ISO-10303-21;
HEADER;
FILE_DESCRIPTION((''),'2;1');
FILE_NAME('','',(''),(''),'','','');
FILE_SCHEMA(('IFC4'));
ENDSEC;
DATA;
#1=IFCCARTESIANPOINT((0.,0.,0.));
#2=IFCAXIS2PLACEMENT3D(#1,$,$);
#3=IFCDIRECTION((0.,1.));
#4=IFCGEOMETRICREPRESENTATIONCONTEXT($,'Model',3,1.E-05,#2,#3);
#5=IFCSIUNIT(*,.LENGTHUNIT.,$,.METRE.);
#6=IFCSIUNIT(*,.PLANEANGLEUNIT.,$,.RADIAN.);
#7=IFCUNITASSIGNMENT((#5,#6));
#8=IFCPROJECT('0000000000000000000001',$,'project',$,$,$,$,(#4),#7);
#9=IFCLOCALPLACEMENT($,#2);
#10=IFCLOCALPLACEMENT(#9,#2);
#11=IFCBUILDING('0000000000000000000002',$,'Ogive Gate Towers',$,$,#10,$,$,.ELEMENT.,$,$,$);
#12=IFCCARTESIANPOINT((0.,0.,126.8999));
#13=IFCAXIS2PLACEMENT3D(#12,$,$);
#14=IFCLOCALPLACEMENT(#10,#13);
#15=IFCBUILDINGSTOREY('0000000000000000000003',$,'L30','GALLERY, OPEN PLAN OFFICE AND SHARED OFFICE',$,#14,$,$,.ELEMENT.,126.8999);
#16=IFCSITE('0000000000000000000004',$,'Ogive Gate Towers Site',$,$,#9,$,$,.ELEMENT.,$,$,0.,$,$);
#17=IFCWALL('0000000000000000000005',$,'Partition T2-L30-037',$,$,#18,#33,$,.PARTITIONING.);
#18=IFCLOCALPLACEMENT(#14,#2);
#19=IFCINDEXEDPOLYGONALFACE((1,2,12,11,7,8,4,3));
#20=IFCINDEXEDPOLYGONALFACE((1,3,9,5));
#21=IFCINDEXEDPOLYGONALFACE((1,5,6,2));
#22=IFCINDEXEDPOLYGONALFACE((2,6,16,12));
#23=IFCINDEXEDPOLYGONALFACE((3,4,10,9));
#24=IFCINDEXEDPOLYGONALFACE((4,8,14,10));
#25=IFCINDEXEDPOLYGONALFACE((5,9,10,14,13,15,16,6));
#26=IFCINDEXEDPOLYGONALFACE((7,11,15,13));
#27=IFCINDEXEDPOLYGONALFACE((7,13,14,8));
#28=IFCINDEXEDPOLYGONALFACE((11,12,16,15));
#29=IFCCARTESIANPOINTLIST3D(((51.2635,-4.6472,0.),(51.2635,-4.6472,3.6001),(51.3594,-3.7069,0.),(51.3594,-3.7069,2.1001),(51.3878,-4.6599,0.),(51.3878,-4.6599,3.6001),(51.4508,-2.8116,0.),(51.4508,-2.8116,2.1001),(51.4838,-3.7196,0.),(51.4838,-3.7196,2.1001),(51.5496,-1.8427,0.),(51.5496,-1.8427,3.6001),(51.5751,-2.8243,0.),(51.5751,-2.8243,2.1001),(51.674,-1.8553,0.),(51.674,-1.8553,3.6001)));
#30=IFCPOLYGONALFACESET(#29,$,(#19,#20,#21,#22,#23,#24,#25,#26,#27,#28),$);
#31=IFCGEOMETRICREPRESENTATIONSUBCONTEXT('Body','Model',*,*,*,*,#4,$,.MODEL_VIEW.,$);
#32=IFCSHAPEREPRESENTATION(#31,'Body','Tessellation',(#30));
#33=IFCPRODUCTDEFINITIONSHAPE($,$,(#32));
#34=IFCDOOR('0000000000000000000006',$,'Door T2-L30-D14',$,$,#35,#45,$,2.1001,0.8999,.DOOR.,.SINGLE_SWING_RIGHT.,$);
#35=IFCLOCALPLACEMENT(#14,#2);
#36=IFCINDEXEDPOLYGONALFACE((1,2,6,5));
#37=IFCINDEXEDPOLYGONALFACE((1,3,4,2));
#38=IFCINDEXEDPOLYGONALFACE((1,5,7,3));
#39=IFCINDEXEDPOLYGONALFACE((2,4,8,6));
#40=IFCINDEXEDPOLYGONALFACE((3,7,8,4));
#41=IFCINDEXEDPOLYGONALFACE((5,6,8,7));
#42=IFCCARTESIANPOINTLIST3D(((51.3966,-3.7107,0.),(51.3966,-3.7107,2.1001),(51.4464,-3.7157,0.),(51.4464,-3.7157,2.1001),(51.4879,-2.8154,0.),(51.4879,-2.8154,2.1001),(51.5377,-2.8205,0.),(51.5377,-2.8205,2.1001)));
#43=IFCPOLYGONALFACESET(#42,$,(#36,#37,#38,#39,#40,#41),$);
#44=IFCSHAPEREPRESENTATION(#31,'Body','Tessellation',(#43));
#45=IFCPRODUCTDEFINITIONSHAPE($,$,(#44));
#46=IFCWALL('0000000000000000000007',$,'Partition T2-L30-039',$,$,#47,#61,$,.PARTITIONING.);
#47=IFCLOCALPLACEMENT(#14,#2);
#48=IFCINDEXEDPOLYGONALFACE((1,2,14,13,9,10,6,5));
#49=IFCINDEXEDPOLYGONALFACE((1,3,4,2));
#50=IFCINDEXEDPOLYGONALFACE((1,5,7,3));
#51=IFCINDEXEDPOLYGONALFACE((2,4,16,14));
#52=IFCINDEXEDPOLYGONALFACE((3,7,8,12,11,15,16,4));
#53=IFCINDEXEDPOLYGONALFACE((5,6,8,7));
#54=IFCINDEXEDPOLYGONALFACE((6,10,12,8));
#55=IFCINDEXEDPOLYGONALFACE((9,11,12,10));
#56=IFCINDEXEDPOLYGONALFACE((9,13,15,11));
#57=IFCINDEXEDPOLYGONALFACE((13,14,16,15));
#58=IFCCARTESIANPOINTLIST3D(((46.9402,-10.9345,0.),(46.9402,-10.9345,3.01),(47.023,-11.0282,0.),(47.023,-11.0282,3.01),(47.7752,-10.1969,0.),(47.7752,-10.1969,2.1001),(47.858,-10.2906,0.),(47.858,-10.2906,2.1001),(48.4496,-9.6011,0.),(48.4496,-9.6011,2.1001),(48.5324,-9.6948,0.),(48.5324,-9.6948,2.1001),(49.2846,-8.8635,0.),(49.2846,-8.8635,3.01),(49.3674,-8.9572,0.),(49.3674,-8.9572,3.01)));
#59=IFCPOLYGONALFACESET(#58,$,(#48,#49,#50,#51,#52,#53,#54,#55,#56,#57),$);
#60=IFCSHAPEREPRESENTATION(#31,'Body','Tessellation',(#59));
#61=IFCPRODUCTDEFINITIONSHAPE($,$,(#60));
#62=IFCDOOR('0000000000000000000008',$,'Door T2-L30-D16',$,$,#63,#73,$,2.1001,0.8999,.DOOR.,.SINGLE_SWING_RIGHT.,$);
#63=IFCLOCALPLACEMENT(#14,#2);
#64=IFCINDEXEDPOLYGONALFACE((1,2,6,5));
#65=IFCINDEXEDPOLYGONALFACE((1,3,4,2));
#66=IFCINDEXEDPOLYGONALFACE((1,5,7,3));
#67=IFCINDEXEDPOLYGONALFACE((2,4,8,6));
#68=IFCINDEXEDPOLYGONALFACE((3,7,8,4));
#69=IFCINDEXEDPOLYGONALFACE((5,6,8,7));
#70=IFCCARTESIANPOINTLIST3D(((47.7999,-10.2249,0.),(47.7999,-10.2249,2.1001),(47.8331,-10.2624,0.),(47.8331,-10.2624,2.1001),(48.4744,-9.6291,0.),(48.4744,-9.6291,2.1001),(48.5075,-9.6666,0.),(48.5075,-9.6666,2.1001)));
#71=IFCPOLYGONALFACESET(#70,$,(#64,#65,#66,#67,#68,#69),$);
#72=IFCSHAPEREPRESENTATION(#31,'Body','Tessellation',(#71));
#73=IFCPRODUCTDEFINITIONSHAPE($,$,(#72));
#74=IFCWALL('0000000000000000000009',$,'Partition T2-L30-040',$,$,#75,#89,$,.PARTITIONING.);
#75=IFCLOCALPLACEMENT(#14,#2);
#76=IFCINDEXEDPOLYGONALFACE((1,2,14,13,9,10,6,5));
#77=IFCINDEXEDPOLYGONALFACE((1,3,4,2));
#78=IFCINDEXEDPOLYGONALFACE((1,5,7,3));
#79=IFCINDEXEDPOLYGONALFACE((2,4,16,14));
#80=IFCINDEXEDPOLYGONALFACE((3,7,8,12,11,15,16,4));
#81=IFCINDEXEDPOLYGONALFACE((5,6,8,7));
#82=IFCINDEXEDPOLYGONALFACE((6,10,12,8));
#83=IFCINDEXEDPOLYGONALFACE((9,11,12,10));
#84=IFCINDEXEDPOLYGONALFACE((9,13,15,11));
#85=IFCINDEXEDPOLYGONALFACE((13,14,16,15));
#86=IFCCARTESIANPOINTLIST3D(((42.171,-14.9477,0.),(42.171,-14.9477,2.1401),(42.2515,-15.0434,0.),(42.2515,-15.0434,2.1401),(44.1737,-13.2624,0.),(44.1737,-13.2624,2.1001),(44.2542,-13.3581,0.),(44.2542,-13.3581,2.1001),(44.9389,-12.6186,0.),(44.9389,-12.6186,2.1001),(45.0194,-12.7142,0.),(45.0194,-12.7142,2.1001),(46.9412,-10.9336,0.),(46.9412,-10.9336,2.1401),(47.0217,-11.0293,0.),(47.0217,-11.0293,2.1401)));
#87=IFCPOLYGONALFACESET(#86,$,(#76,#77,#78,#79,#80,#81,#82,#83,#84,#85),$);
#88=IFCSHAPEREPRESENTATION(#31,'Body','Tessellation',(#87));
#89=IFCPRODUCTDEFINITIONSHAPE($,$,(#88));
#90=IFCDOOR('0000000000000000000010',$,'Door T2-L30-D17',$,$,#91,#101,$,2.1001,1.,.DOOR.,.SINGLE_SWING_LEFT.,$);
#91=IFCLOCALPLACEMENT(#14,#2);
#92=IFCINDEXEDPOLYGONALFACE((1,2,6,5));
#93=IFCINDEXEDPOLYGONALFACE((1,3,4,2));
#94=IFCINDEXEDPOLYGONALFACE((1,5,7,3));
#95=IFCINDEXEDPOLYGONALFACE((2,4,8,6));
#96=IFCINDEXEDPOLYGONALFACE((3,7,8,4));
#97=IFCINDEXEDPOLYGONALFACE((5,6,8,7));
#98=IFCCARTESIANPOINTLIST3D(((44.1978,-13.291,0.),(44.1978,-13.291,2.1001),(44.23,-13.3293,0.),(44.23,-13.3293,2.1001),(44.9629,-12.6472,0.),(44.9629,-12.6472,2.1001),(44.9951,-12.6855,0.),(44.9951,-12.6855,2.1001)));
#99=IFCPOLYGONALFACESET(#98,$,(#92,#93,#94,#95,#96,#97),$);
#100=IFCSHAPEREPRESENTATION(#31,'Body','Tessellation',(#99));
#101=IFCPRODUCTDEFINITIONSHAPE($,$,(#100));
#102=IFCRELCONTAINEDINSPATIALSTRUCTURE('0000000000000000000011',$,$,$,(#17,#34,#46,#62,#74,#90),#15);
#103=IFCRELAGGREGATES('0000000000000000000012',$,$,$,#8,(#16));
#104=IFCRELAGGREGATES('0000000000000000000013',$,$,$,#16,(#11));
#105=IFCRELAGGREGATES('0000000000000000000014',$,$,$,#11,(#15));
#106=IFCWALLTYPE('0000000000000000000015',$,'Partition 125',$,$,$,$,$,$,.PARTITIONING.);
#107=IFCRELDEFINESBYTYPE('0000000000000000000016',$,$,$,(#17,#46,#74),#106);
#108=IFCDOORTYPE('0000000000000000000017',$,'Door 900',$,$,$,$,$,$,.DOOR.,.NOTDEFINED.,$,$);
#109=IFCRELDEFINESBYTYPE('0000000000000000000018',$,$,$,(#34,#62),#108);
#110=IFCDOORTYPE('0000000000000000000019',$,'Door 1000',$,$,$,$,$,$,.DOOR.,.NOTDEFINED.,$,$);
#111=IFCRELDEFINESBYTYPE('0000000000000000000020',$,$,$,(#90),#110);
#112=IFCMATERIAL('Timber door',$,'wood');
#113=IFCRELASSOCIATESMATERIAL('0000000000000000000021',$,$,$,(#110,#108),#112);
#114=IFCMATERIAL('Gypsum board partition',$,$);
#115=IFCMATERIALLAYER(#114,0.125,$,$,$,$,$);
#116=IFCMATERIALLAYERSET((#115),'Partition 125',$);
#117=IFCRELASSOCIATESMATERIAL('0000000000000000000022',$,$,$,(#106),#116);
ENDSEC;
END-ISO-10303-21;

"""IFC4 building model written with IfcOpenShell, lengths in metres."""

from ifc_helpers import new_model, si_unit, direction, frame, frame_2d, origin, place, context, subcontext, project, spatial, rectangle, extrude, material, layer, layer_set, type_object, element, fill, save


model = new_model("IFC4")

# Units and contexts
model_context = context("Model", 3, precision=1e-05, world=origin(), true_north=direction((0.0, 1.0)))
body_context = subcontext(model_context, "Body", "Model", "MODEL_VIEW")
ifc_project = project(units=[si_unit("LENGTHUNIT", "METRE"), si_unit("PLANEANGLEUNIT", "RADIAN")], contexts=[model_context])

# Site, building, storey
site_placement = place(None, origin())
site = spatial("IfcSite", under=ifc_project, at=site_placement, Name="Ogive Gate Towers Site", CompositionType="ELEMENT", RefElevation=0.0)
building_placement = place(site_placement, origin())
building = spatial("IfcBuilding", under=site, at=building_placement, Name="Ogive Gate Towers", CompositionType="ELEMENT")
storey_placement = place(building_placement, frame((0.0, 0.0, 126.8999)))
storey = spatial("IfcBuildingStorey", under=building, at=storey_placement, Name="L30", Description="GALLERY, OPEN PLAN OFFICE AND SHARED OFFICE", CompositionType="ELEMENT", Elevation=126.8999)

# Shared definitions
ifc_material_1 = material(Name="Timber door", Category="wood")
door_type_1 = type_object("IfcDoorType", Name="Door 1000", OperationType="NOTDEFINED", PredefinedType="DOOR", material=ifc_material_1)

# Shared definitions
ifc_material_2 = material(Name="Gypsum board partition")
ifc_layer_1 = layer(ifc_material_2, 0.125)
ifc_layer_set_1 = layer_set([ifc_layer_1], Name="Partition 125")
wall_type_1 = type_object("IfcWallType", Name="Partition 125", PredefinedType="PARTITIONING", material=ifc_layer_set_1)

# Walls, openings, doors
wall_1_placement = place(storey_placement, frame((51.6118, -1.8489, 0.0), z_axis=(0.0, 0.0, 1.0), x_axis=(-0.101501, -0.994835, 0.0)))
wall_1 = element("IfcWall", 1, at=wall_1_placement, inside=storey, type_object=wall_type_1, Name="Partition T2-L30-037", PredefinedType="PARTITIONING", context=body_context, shape_type="SweptSolid", body=[
    extrude(rectangle(XDim=2.8191, YDim=0.125, at=frame_2d((1.4097, 0.0))), origin(), (0.0, 0.0, 1.0), 3.6001),
])
opening_1_placement = place(wall_1_placement, frame((0.9741, 0.0, 0.0)))
opening_1 = element("IfcOpeningElement", 2, at=opening_1_placement, cuts=wall_1, PredefinedType="OPENING", context=body_context, shape_type="SweptSolid", body=[
    extrude(rectangle(XDim=0.8999, YDim=2.1001, at=frame_2d((0.45, 1.05))), frame((0.0, 0.0725, 0.0), z_axis=(0.0, -1.0, 0.0), x_axis=(1.0, 0.0, 0.0)), (0.0, 0.0, 1.0), 0.145),
])
door_type_2 = type_object("IfcDoorType", Name="Door 900", OperationType="NOTDEFINED", PredefinedType="DOOR", material=ifc_material_1)
door_1_placement = place(opening_1_placement, origin())
door_1 = element("IfcDoor", 3, at=door_1_placement, inside=storey, type_object=door_type_2, Name="Door T2-L30-D14", OperationType="SINGLE_SWING_RIGHT", OverallHeight=2.1001, OverallWidth=0.8999, PredefinedType="DOOR", context=body_context, shape_type="SweptSolid", body=[
    extrude(rectangle(XDim=0.8999, YDim=2.1001, at=frame_2d((0.45, 1.05))), frame((0.0, 0.0249, 0.0), z_axis=(0.0, -1.0, 0.0), x_axis=(1.0, 0.0, 0.0)), (0.0, 0.0, 1.0), 0.05),
])
fill(opening_1, door_1)
wall_2_placement = place(storey_placement, frame((49.3259, -8.9104, 0.0), z_axis=(0.0, 0.0, 1.0), x_axis=(-0.74946, -0.66205, 0.0)))
wall_2 = element("IfcWall", 4, at=wall_2_placement, inside=storey, type_object=wall_type_1, Name="Partition T2-L30-039", PredefinedType="PARTITIONING", context=body_context, shape_type="SweptSolid", body=[
    extrude(rectangle(XDim=3.1282, YDim=0.125, at=frame_2d((1.564, 0.0))), origin(), (0.0, 0.0, 1.0), 3.01),
])
opening_2_placement = place(wall_2_placement, frame((1.114, 0.0, 0.0)))
opening_2 = element("IfcOpeningElement", 5, at=opening_2_placement, cuts=wall_2, PredefinedType="OPENING", context=body_context, shape_type="SweptSolid", body=[
    extrude(rectangle(XDim=0.8999, YDim=2.1001, at=frame_2d((0.45, 1.05))), frame((0.0, 0.0725, 0.0), z_axis=(0.0, -1.0, 0.0), x_axis=(1.0, 0.0, 0.0)), (0.0, 0.0, 1.0), 0.145),
])
door_2_placement = place(opening_2_placement, origin())
door_2 = element("IfcDoor", 6, at=door_2_placement, inside=storey, type_object=door_type_2, Name="Door T2-L30-D16", OperationType="SINGLE_SWING_RIGHT", OverallHeight=2.1001, OverallWidth=0.8999, PredefinedType="DOOR", context=body_context, shape_type="SweptSolid", body=[
    extrude(rectangle(XDim=0.8999, YDim=2.1001, at=frame_2d((0.45, 1.05))), frame((0.0, 0.0249, 0.0), z_axis=(0.0, -1.0, 0.0), x_axis=(1.0, 0.0, 0.0)), (0.0, 0.0, 1.0), 0.05),
])
fill(opening_2, door_2)
wall_3_placement = place(storey_placement, frame((46.9814, -10.9814, 0.0), z_axis=(0.0, 0.0, 1.0), x_axis=(-0.765141, -0.643863, 0.0)))
wall_3 = element("IfcWall", 7, at=wall_3_placement, inside=storey, type_object=wall_type_1, Name="Partition T2-L30-040", PredefinedType="PARTITIONING", context=body_context, shape_type="SweptSolid", body=[
    extrude(rectangle(XDim=6.2344, YDim=0.125, at=frame_2d((3.1172, 0.0))), origin(), (0.0, 0.0, 1.0), 2.1401),
])
opening_3_placement = place(wall_3_placement, frame((2.6169, 0.0, 0.0)))
opening_3 = element("IfcOpeningElement", 8, at=opening_3_placement, cuts=wall_3, PredefinedType="OPENING", context=body_context, shape_type="SweptSolid", body=[
    extrude(rectangle(XDim=1.0, YDim=2.1001, at=frame_2d((0.5, 1.05))), frame((0.0, 0.0725, 0.0), z_axis=(0.0, -1.0, 0.0), x_axis=(1.0, 0.0, 0.0)), (0.0, 0.0, 1.0), 0.145),
])
door_3_placement = place(opening_3_placement, origin())
door_3 = element("IfcDoor", 9, at=door_3_placement, inside=storey, type_object=door_type_1, Name="Door T2-L30-D17", OperationType="SINGLE_SWING_LEFT", OverallHeight=2.1001, OverallWidth=1.0, PredefinedType="DOOR", context=body_context, shape_type="SweptSolid", body=[
    extrude(rectangle(XDim=1.0, YDim=2.1001, at=frame_2d((0.5, 1.05))), frame((0.0, 0.0249, 0.0), z_axis=(0.0, -1.0, 0.0), x_axis=(1.0, 0.0, 0.0)), (0.0, 0.0, 1.0), 0.05),
])
fill(opening_3, door_3)

save(model, "model.ifc")
